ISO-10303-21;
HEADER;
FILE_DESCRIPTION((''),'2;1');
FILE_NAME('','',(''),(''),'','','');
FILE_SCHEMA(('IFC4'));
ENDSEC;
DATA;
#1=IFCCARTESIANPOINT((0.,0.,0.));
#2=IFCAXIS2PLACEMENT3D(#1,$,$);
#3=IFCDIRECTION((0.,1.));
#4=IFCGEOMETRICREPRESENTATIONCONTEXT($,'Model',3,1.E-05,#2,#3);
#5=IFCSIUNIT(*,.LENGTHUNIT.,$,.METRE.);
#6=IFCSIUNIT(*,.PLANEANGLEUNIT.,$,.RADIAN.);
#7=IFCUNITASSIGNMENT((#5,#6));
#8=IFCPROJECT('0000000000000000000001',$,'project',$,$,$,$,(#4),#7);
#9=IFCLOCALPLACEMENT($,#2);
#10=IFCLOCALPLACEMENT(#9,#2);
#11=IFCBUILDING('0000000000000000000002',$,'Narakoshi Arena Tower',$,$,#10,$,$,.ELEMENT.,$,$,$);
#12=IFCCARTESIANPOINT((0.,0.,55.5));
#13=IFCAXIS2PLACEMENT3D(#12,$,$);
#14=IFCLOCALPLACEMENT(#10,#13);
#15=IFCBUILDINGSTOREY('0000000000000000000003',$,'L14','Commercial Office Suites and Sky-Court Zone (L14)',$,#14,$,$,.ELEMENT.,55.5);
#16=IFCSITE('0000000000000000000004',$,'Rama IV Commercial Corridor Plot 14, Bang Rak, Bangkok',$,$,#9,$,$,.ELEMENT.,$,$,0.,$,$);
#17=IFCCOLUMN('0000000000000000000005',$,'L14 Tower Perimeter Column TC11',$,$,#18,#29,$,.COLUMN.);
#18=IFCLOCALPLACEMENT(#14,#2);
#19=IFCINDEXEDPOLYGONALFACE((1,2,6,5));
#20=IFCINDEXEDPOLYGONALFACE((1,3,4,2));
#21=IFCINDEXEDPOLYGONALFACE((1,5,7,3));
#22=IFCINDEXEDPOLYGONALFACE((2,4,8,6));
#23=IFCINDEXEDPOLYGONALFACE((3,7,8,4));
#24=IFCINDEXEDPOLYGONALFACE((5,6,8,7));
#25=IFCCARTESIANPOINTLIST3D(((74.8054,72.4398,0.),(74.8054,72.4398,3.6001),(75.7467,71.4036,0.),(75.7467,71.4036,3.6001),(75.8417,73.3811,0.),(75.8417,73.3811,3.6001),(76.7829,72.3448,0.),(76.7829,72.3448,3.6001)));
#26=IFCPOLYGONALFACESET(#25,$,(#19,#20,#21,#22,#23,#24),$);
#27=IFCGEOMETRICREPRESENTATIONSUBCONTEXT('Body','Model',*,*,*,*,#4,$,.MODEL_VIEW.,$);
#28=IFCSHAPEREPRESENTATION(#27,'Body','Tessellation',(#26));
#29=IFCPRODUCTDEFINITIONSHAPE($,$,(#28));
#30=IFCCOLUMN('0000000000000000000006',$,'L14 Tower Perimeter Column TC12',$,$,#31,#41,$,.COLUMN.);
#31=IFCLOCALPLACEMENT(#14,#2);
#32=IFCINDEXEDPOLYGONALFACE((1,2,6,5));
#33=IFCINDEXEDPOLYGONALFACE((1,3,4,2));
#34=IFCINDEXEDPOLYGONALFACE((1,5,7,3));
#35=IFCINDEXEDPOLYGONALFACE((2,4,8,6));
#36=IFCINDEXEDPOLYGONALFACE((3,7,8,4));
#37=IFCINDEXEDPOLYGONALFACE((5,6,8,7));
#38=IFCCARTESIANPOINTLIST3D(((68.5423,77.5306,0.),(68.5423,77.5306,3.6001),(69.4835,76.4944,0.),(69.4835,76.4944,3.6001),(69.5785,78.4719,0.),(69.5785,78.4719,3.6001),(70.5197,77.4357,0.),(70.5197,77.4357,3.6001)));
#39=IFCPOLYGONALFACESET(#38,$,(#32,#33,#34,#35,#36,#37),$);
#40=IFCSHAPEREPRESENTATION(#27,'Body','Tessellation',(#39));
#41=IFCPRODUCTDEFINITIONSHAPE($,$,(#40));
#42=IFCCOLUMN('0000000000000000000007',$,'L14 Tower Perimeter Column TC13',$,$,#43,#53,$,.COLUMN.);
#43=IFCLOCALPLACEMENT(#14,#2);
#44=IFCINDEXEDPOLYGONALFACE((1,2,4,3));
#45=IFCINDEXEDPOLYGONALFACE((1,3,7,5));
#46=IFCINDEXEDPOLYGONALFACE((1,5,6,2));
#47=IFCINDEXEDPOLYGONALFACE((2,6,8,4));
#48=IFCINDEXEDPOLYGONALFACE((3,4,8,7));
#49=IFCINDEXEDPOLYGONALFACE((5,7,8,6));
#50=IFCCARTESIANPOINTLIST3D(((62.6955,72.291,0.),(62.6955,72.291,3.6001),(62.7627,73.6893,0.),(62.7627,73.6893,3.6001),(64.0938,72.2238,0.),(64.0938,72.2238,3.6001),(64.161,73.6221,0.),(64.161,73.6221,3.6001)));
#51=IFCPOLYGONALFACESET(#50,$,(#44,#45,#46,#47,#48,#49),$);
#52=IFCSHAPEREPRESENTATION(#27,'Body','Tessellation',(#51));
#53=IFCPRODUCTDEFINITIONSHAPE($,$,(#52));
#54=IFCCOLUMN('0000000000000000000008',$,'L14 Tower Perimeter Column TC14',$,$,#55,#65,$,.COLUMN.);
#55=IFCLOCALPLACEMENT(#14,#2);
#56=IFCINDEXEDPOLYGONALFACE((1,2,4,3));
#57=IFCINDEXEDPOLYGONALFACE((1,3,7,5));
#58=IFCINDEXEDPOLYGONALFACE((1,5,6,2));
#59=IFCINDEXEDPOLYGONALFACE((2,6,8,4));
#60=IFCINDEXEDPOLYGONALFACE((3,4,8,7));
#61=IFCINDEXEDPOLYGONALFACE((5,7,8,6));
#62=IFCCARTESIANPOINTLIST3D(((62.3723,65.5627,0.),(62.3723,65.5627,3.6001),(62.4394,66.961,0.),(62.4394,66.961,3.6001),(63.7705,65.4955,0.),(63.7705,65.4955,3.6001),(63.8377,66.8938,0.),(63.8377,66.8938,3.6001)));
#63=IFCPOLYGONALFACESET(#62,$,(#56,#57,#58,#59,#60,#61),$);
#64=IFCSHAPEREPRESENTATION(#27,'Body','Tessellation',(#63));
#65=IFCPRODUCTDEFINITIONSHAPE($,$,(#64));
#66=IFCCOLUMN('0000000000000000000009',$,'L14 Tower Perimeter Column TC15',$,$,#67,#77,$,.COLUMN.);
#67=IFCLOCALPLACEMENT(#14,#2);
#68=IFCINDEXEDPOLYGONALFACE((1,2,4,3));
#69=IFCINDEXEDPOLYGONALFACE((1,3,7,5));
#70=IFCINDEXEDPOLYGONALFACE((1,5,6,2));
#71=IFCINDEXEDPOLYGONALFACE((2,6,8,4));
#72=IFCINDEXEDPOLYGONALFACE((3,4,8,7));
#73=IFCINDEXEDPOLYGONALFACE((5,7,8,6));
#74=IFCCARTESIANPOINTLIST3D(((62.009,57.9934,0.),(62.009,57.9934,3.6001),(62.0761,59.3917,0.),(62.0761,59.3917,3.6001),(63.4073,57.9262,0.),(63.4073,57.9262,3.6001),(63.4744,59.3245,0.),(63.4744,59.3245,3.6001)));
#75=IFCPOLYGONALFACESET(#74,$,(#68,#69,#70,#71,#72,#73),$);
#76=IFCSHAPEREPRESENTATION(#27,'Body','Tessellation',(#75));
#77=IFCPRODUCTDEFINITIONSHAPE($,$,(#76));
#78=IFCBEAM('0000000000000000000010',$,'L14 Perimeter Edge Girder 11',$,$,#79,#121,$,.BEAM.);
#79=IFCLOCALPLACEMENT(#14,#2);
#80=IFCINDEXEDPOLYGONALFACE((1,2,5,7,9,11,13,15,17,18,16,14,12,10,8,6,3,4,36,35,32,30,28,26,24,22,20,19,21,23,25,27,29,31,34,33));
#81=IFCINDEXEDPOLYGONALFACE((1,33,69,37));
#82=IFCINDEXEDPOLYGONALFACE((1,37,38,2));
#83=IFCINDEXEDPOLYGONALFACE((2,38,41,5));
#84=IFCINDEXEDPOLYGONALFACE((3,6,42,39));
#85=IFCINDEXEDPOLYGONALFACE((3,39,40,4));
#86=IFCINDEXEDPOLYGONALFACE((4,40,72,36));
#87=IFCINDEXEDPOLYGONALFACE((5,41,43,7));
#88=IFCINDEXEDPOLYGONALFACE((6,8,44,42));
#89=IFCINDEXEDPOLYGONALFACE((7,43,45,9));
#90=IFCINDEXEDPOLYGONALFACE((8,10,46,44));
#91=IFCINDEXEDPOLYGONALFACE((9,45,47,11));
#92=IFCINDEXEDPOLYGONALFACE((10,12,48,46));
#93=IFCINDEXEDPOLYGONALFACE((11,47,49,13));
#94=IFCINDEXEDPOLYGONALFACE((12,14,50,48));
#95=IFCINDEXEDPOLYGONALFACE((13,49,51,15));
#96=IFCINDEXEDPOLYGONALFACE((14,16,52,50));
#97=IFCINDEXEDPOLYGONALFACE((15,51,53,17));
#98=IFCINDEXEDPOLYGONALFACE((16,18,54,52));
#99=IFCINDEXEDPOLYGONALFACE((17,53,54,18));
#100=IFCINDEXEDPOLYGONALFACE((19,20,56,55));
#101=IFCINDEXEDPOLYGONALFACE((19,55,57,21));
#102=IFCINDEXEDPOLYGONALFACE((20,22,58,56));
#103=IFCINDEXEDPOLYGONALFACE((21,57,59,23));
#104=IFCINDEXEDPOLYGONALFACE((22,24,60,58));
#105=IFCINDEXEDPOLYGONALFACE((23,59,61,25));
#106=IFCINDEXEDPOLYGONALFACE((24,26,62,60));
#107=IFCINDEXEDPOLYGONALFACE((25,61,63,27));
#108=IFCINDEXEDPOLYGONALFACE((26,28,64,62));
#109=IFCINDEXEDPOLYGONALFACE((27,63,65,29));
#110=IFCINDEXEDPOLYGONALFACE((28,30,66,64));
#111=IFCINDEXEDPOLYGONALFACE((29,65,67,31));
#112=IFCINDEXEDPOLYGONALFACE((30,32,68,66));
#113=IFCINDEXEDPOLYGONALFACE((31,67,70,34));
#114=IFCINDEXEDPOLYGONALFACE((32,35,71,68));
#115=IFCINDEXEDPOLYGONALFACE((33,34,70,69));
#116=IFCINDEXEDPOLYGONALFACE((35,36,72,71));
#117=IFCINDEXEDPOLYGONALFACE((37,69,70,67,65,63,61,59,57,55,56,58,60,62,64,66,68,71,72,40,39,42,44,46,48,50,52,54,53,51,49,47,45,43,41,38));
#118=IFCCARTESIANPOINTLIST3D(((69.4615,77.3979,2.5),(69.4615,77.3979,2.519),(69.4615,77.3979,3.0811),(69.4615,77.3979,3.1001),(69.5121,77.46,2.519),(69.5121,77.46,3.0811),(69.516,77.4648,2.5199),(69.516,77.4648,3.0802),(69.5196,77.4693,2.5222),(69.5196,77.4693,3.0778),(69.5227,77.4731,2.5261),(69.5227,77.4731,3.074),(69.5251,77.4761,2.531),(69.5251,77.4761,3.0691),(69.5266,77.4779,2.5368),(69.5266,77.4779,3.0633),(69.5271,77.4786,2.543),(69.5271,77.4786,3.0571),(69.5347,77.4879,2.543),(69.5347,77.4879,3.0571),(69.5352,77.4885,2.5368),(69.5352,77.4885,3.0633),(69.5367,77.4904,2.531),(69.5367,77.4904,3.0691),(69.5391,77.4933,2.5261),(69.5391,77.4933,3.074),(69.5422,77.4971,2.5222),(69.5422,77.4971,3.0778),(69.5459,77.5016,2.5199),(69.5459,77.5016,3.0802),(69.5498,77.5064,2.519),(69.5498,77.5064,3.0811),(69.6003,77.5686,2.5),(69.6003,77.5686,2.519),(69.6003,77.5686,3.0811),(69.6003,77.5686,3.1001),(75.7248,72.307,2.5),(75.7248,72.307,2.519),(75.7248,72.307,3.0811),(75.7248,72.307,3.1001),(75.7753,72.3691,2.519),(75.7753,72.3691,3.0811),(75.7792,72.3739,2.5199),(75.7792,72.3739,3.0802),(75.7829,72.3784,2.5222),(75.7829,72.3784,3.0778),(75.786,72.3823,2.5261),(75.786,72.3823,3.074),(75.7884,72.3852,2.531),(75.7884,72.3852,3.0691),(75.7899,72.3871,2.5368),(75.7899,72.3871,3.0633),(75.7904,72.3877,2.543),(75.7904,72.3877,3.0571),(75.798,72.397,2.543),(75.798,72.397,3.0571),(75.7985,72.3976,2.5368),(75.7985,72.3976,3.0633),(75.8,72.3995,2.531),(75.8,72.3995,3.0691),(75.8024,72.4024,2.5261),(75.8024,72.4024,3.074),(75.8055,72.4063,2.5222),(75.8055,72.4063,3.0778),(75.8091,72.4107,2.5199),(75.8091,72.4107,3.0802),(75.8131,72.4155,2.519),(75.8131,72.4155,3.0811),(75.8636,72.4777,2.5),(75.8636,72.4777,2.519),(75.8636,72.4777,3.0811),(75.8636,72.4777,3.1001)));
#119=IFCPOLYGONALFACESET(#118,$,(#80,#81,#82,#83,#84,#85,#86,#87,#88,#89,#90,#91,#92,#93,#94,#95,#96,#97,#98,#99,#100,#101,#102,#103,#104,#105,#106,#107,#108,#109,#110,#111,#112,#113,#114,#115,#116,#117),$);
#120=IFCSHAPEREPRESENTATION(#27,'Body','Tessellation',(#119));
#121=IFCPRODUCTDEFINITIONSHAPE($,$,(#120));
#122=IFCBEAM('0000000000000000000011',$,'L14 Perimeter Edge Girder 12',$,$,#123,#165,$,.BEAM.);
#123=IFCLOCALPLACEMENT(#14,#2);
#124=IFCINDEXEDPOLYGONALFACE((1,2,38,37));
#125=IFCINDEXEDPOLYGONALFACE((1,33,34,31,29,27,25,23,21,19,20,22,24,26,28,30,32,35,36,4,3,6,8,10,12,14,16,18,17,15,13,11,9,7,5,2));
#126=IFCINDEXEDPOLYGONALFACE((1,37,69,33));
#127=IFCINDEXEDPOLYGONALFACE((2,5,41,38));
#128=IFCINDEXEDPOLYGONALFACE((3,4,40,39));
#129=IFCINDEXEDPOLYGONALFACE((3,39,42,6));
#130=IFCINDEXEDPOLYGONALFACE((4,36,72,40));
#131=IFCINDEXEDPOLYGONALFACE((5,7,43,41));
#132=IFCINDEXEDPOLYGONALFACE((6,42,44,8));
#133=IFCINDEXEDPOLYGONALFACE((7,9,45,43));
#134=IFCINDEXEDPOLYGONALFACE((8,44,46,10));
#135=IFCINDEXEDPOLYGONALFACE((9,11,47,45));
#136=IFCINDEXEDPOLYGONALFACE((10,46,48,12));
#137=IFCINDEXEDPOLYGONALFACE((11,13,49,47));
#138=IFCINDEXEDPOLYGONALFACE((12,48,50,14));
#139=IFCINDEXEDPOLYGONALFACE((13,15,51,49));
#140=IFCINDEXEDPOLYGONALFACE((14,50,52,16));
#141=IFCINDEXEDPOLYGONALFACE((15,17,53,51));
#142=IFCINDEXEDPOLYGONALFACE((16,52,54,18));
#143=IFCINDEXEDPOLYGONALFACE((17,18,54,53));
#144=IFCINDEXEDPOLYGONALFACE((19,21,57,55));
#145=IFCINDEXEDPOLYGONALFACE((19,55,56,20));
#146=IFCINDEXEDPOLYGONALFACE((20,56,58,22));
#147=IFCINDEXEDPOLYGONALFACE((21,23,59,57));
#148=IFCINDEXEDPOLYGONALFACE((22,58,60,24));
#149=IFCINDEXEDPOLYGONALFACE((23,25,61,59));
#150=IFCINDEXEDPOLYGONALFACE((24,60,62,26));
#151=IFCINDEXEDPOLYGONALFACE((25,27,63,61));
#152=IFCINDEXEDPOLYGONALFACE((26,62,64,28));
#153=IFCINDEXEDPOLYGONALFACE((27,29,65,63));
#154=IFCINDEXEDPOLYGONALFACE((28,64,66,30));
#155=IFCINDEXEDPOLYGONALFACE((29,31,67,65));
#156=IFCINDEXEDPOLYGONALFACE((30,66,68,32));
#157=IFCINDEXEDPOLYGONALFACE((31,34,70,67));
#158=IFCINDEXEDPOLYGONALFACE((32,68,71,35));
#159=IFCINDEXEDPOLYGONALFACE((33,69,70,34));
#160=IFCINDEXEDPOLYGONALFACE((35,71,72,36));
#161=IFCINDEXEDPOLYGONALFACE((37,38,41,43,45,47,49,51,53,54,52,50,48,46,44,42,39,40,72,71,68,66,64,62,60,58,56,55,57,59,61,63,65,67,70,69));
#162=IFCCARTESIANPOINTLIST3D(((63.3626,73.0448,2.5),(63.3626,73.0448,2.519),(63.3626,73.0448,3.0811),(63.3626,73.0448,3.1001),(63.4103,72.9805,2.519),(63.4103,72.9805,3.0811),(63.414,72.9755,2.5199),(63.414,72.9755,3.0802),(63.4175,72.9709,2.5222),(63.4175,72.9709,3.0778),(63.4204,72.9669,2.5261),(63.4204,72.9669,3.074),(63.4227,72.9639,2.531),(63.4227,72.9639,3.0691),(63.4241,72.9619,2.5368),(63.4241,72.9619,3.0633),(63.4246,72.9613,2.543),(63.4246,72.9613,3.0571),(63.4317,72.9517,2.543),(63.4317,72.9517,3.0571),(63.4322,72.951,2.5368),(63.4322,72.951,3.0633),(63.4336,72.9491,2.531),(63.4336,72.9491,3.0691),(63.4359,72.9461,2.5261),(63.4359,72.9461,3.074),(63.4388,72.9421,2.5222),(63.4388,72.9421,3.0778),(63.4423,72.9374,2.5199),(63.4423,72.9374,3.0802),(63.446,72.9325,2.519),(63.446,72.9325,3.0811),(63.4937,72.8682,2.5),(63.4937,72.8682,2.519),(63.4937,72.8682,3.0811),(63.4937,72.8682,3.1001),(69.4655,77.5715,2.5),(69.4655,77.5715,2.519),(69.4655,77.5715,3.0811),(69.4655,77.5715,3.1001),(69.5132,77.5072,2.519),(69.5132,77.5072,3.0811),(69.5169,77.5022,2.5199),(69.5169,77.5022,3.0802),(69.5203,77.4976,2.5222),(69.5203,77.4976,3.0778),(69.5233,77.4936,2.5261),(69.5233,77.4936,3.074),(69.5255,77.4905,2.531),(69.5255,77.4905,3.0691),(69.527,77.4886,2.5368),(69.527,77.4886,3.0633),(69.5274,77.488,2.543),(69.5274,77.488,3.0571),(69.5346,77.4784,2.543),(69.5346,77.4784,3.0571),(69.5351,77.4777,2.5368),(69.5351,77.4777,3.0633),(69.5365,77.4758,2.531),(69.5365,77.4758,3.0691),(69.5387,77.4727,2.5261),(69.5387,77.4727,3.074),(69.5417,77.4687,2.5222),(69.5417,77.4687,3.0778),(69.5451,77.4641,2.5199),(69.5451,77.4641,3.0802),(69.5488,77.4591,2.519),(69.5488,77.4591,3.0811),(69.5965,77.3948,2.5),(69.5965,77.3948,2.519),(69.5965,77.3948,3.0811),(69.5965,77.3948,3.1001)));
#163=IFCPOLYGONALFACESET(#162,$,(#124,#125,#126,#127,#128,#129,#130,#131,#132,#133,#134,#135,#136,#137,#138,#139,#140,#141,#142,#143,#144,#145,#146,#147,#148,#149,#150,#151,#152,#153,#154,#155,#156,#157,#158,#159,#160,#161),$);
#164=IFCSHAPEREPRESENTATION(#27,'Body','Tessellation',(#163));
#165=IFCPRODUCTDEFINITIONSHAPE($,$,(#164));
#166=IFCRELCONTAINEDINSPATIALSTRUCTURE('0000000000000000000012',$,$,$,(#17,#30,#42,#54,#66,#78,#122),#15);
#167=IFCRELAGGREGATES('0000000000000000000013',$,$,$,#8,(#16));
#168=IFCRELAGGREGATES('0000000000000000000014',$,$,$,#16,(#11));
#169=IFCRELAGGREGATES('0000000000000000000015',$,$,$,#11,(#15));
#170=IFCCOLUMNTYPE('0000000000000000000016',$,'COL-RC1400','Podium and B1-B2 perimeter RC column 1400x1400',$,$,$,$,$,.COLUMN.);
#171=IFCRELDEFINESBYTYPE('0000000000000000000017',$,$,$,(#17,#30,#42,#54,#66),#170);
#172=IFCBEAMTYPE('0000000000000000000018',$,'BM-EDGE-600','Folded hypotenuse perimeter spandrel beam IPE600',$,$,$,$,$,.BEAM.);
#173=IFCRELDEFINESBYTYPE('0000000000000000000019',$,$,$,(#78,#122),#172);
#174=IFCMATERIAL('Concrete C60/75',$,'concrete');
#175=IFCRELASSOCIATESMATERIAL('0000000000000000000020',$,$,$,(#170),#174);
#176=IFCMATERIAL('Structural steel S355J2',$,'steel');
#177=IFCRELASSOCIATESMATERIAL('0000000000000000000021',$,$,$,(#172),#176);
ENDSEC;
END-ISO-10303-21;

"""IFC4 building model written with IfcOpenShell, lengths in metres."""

from ifc_helpers import new_model, si_unit, direction, frame, origin, origin_2d, place, context, subcontext, project, spatial, rectangle, i_section, extrude, material, material_profile, profile_set, type_object, element, save


model = new_model("IFC4")

# Units and contexts
model_context = context("Model", 3, precision=1e-05, world=origin(), true_north=direction((0.0, 1.0)))
body_context = subcontext(model_context, "Body", "Model", "MODEL_VIEW")
ifc_project = project(units=[si_unit("LENGTHUNIT", "METRE"), si_unit("PLANEANGLEUNIT", "RADIAN")], contexts=[model_context])

# Site, building, storey
site_placement = place(None, origin())
site = spatial("IfcSite", under=ifc_project, at=site_placement, Name="Rama IV Commercial Corridor Plot 14, Bang Rak, Bangkok", CompositionType="ELEMENT", RefElevation=0.0)
building_placement = place(site_placement, origin())
building = spatial("IfcBuilding", under=site, at=building_placement, Name="Narakoshi Arena Tower", CompositionType="ELEMENT")
storey_placement = place(building_placement, frame((0.0, 0.0, 55.5)))
storey = spatial("IfcBuildingStorey", under=building, at=storey_placement, Name="L14", Description="Commercial Office Suites and Sky-Court Zone (L14)", CompositionType="ELEMENT", Elevation=55.5)

# Columns
ifc_material_1 = material(Name="Concrete C60/75", Category="concrete")
ifc_material_profile_1 = material_profile(ifc_material_1, rectangle(XDim=1.3999, YDim=1.3999, at=origin_2d()), Name="RC1400x1400")
ifc_profile_set_1 = profile_set([ifc_material_profile_1], Name="Concrete C60/75")
column_type = type_object("IfcColumnType", Name="COL-RC1400", Description="Podium and B1-B2 perimeter RC column 1400x1400", PredefinedType="COLUMN", material=ifc_profile_set_1)
for number, where, z_axis, x_axis, name in (
    (1, (75.7942, 72.3923, 0.0), (0.0, 0.0, 1.0), (0.740218, 0.672367, 0.0), "L14 Tower Perimeter Column TC11"),
    (2, (69.531, 77.4832, 0.0), (0.0, 0.0, 1.0), (0.740218, 0.672367, 0.0), "L14 Tower Perimeter Column TC12"),
    (3, (63.4282, 72.9565, 0.0), (0.0, 0.0, 1.0), (0.047978, 0.998848, 0.0), "L14 Tower Perimeter Column TC13"),
    (4, (63.105, 66.2283, 0.0), (0.0, 0.0, 1.0), (0.047978, 0.998848, 0.0), "L14 Tower Perimeter Column TC14"),
    (5, (62.7417, 58.6589, 0.0), (0.0, 0.0, 1.0), (0.047978, 0.998848, 0.0), "L14 Tower Perimeter Column TC15"),
):
    element("IfcColumn", number, at=place(storey_placement, frame(where, z_axis=z_axis, x_axis=x_axis)), inside=storey, type_object=column_type, Name=name, PredefinedType="COLUMN", context=body_context, shape_type="SweptSolid", body=[
        extrude(rectangle(XDim=1.3999, YDim=1.3999, at=origin_2d()), origin(), (0.0, 0.0, 1.0), 3.6001),
    ])

# Beams
ifc_material_2 = material(Name="Structural steel S355J2", Category="steel")
ifc_material_profile_2 = material_profile(ifc_material_2, i_section(OverallWidth=0.22, OverallDepth=0.6001, WebThickness=0.012, FlangeThickness=0.019, FilletRadius=0.0239, at=origin_2d()), Name="IPE600")
ifc_profile_set_2 = profile_set([ifc_material_profile_2], Name="Structural steel S355J2")
beam_type_1 = type_object("IfcBeamType", Name="BM-EDGE-600", Description="Folded hypotenuse perimeter spandrel beam IPE600", PredefinedType="BEAM", material=ifc_profile_set_2)
beam_1_placement = place(storey_placement, frame((75.7942, 72.3923, 2.8), z_axis=(-0.775994, 0.630741, 0.0), x_axis=(-0.630741, -0.775994, 0.0)))
element("IfcBeam", 6, at=beam_1_placement, inside=storey, type_object=beam_type_1, Name="L14 Perimeter Edge Girder 11", PredefinedType="BEAM", context=body_context, shape_type="SweptSolid", body=[
    extrude(i_section(OverallWidth=0.22, OverallDepth=0.6001, WebThickness=0.012, FlangeThickness=0.019, FilletRadius=0.0239, at=origin_2d()), origin(), (0.0, 0.0, 1.0), 8.0713),
])
beam_2_placement = place(storey_placement, frame((69.531, 77.4832, 2.8), z_axis=(-0.803177, -0.59574, 0.0), x_axis=(0.59574, -0.803177, 0.0)))
element("IfcBeam", 7, at=beam_2_placement, inside=storey, type_object=beam_type_1, Name="L14 Perimeter Edge Girder 12", PredefinedType="BEAM", context=body_context, shape_type="SweptSolid", body=[
    extrude(i_section(OverallWidth=0.22, OverallDepth=0.6001, WebThickness=0.012, FlangeThickness=0.019, FilletRadius=0.0239, at=origin_2d()), origin(), (0.0, 0.0, 1.0), 7.5984),
])

save(model, "model.ifc")
